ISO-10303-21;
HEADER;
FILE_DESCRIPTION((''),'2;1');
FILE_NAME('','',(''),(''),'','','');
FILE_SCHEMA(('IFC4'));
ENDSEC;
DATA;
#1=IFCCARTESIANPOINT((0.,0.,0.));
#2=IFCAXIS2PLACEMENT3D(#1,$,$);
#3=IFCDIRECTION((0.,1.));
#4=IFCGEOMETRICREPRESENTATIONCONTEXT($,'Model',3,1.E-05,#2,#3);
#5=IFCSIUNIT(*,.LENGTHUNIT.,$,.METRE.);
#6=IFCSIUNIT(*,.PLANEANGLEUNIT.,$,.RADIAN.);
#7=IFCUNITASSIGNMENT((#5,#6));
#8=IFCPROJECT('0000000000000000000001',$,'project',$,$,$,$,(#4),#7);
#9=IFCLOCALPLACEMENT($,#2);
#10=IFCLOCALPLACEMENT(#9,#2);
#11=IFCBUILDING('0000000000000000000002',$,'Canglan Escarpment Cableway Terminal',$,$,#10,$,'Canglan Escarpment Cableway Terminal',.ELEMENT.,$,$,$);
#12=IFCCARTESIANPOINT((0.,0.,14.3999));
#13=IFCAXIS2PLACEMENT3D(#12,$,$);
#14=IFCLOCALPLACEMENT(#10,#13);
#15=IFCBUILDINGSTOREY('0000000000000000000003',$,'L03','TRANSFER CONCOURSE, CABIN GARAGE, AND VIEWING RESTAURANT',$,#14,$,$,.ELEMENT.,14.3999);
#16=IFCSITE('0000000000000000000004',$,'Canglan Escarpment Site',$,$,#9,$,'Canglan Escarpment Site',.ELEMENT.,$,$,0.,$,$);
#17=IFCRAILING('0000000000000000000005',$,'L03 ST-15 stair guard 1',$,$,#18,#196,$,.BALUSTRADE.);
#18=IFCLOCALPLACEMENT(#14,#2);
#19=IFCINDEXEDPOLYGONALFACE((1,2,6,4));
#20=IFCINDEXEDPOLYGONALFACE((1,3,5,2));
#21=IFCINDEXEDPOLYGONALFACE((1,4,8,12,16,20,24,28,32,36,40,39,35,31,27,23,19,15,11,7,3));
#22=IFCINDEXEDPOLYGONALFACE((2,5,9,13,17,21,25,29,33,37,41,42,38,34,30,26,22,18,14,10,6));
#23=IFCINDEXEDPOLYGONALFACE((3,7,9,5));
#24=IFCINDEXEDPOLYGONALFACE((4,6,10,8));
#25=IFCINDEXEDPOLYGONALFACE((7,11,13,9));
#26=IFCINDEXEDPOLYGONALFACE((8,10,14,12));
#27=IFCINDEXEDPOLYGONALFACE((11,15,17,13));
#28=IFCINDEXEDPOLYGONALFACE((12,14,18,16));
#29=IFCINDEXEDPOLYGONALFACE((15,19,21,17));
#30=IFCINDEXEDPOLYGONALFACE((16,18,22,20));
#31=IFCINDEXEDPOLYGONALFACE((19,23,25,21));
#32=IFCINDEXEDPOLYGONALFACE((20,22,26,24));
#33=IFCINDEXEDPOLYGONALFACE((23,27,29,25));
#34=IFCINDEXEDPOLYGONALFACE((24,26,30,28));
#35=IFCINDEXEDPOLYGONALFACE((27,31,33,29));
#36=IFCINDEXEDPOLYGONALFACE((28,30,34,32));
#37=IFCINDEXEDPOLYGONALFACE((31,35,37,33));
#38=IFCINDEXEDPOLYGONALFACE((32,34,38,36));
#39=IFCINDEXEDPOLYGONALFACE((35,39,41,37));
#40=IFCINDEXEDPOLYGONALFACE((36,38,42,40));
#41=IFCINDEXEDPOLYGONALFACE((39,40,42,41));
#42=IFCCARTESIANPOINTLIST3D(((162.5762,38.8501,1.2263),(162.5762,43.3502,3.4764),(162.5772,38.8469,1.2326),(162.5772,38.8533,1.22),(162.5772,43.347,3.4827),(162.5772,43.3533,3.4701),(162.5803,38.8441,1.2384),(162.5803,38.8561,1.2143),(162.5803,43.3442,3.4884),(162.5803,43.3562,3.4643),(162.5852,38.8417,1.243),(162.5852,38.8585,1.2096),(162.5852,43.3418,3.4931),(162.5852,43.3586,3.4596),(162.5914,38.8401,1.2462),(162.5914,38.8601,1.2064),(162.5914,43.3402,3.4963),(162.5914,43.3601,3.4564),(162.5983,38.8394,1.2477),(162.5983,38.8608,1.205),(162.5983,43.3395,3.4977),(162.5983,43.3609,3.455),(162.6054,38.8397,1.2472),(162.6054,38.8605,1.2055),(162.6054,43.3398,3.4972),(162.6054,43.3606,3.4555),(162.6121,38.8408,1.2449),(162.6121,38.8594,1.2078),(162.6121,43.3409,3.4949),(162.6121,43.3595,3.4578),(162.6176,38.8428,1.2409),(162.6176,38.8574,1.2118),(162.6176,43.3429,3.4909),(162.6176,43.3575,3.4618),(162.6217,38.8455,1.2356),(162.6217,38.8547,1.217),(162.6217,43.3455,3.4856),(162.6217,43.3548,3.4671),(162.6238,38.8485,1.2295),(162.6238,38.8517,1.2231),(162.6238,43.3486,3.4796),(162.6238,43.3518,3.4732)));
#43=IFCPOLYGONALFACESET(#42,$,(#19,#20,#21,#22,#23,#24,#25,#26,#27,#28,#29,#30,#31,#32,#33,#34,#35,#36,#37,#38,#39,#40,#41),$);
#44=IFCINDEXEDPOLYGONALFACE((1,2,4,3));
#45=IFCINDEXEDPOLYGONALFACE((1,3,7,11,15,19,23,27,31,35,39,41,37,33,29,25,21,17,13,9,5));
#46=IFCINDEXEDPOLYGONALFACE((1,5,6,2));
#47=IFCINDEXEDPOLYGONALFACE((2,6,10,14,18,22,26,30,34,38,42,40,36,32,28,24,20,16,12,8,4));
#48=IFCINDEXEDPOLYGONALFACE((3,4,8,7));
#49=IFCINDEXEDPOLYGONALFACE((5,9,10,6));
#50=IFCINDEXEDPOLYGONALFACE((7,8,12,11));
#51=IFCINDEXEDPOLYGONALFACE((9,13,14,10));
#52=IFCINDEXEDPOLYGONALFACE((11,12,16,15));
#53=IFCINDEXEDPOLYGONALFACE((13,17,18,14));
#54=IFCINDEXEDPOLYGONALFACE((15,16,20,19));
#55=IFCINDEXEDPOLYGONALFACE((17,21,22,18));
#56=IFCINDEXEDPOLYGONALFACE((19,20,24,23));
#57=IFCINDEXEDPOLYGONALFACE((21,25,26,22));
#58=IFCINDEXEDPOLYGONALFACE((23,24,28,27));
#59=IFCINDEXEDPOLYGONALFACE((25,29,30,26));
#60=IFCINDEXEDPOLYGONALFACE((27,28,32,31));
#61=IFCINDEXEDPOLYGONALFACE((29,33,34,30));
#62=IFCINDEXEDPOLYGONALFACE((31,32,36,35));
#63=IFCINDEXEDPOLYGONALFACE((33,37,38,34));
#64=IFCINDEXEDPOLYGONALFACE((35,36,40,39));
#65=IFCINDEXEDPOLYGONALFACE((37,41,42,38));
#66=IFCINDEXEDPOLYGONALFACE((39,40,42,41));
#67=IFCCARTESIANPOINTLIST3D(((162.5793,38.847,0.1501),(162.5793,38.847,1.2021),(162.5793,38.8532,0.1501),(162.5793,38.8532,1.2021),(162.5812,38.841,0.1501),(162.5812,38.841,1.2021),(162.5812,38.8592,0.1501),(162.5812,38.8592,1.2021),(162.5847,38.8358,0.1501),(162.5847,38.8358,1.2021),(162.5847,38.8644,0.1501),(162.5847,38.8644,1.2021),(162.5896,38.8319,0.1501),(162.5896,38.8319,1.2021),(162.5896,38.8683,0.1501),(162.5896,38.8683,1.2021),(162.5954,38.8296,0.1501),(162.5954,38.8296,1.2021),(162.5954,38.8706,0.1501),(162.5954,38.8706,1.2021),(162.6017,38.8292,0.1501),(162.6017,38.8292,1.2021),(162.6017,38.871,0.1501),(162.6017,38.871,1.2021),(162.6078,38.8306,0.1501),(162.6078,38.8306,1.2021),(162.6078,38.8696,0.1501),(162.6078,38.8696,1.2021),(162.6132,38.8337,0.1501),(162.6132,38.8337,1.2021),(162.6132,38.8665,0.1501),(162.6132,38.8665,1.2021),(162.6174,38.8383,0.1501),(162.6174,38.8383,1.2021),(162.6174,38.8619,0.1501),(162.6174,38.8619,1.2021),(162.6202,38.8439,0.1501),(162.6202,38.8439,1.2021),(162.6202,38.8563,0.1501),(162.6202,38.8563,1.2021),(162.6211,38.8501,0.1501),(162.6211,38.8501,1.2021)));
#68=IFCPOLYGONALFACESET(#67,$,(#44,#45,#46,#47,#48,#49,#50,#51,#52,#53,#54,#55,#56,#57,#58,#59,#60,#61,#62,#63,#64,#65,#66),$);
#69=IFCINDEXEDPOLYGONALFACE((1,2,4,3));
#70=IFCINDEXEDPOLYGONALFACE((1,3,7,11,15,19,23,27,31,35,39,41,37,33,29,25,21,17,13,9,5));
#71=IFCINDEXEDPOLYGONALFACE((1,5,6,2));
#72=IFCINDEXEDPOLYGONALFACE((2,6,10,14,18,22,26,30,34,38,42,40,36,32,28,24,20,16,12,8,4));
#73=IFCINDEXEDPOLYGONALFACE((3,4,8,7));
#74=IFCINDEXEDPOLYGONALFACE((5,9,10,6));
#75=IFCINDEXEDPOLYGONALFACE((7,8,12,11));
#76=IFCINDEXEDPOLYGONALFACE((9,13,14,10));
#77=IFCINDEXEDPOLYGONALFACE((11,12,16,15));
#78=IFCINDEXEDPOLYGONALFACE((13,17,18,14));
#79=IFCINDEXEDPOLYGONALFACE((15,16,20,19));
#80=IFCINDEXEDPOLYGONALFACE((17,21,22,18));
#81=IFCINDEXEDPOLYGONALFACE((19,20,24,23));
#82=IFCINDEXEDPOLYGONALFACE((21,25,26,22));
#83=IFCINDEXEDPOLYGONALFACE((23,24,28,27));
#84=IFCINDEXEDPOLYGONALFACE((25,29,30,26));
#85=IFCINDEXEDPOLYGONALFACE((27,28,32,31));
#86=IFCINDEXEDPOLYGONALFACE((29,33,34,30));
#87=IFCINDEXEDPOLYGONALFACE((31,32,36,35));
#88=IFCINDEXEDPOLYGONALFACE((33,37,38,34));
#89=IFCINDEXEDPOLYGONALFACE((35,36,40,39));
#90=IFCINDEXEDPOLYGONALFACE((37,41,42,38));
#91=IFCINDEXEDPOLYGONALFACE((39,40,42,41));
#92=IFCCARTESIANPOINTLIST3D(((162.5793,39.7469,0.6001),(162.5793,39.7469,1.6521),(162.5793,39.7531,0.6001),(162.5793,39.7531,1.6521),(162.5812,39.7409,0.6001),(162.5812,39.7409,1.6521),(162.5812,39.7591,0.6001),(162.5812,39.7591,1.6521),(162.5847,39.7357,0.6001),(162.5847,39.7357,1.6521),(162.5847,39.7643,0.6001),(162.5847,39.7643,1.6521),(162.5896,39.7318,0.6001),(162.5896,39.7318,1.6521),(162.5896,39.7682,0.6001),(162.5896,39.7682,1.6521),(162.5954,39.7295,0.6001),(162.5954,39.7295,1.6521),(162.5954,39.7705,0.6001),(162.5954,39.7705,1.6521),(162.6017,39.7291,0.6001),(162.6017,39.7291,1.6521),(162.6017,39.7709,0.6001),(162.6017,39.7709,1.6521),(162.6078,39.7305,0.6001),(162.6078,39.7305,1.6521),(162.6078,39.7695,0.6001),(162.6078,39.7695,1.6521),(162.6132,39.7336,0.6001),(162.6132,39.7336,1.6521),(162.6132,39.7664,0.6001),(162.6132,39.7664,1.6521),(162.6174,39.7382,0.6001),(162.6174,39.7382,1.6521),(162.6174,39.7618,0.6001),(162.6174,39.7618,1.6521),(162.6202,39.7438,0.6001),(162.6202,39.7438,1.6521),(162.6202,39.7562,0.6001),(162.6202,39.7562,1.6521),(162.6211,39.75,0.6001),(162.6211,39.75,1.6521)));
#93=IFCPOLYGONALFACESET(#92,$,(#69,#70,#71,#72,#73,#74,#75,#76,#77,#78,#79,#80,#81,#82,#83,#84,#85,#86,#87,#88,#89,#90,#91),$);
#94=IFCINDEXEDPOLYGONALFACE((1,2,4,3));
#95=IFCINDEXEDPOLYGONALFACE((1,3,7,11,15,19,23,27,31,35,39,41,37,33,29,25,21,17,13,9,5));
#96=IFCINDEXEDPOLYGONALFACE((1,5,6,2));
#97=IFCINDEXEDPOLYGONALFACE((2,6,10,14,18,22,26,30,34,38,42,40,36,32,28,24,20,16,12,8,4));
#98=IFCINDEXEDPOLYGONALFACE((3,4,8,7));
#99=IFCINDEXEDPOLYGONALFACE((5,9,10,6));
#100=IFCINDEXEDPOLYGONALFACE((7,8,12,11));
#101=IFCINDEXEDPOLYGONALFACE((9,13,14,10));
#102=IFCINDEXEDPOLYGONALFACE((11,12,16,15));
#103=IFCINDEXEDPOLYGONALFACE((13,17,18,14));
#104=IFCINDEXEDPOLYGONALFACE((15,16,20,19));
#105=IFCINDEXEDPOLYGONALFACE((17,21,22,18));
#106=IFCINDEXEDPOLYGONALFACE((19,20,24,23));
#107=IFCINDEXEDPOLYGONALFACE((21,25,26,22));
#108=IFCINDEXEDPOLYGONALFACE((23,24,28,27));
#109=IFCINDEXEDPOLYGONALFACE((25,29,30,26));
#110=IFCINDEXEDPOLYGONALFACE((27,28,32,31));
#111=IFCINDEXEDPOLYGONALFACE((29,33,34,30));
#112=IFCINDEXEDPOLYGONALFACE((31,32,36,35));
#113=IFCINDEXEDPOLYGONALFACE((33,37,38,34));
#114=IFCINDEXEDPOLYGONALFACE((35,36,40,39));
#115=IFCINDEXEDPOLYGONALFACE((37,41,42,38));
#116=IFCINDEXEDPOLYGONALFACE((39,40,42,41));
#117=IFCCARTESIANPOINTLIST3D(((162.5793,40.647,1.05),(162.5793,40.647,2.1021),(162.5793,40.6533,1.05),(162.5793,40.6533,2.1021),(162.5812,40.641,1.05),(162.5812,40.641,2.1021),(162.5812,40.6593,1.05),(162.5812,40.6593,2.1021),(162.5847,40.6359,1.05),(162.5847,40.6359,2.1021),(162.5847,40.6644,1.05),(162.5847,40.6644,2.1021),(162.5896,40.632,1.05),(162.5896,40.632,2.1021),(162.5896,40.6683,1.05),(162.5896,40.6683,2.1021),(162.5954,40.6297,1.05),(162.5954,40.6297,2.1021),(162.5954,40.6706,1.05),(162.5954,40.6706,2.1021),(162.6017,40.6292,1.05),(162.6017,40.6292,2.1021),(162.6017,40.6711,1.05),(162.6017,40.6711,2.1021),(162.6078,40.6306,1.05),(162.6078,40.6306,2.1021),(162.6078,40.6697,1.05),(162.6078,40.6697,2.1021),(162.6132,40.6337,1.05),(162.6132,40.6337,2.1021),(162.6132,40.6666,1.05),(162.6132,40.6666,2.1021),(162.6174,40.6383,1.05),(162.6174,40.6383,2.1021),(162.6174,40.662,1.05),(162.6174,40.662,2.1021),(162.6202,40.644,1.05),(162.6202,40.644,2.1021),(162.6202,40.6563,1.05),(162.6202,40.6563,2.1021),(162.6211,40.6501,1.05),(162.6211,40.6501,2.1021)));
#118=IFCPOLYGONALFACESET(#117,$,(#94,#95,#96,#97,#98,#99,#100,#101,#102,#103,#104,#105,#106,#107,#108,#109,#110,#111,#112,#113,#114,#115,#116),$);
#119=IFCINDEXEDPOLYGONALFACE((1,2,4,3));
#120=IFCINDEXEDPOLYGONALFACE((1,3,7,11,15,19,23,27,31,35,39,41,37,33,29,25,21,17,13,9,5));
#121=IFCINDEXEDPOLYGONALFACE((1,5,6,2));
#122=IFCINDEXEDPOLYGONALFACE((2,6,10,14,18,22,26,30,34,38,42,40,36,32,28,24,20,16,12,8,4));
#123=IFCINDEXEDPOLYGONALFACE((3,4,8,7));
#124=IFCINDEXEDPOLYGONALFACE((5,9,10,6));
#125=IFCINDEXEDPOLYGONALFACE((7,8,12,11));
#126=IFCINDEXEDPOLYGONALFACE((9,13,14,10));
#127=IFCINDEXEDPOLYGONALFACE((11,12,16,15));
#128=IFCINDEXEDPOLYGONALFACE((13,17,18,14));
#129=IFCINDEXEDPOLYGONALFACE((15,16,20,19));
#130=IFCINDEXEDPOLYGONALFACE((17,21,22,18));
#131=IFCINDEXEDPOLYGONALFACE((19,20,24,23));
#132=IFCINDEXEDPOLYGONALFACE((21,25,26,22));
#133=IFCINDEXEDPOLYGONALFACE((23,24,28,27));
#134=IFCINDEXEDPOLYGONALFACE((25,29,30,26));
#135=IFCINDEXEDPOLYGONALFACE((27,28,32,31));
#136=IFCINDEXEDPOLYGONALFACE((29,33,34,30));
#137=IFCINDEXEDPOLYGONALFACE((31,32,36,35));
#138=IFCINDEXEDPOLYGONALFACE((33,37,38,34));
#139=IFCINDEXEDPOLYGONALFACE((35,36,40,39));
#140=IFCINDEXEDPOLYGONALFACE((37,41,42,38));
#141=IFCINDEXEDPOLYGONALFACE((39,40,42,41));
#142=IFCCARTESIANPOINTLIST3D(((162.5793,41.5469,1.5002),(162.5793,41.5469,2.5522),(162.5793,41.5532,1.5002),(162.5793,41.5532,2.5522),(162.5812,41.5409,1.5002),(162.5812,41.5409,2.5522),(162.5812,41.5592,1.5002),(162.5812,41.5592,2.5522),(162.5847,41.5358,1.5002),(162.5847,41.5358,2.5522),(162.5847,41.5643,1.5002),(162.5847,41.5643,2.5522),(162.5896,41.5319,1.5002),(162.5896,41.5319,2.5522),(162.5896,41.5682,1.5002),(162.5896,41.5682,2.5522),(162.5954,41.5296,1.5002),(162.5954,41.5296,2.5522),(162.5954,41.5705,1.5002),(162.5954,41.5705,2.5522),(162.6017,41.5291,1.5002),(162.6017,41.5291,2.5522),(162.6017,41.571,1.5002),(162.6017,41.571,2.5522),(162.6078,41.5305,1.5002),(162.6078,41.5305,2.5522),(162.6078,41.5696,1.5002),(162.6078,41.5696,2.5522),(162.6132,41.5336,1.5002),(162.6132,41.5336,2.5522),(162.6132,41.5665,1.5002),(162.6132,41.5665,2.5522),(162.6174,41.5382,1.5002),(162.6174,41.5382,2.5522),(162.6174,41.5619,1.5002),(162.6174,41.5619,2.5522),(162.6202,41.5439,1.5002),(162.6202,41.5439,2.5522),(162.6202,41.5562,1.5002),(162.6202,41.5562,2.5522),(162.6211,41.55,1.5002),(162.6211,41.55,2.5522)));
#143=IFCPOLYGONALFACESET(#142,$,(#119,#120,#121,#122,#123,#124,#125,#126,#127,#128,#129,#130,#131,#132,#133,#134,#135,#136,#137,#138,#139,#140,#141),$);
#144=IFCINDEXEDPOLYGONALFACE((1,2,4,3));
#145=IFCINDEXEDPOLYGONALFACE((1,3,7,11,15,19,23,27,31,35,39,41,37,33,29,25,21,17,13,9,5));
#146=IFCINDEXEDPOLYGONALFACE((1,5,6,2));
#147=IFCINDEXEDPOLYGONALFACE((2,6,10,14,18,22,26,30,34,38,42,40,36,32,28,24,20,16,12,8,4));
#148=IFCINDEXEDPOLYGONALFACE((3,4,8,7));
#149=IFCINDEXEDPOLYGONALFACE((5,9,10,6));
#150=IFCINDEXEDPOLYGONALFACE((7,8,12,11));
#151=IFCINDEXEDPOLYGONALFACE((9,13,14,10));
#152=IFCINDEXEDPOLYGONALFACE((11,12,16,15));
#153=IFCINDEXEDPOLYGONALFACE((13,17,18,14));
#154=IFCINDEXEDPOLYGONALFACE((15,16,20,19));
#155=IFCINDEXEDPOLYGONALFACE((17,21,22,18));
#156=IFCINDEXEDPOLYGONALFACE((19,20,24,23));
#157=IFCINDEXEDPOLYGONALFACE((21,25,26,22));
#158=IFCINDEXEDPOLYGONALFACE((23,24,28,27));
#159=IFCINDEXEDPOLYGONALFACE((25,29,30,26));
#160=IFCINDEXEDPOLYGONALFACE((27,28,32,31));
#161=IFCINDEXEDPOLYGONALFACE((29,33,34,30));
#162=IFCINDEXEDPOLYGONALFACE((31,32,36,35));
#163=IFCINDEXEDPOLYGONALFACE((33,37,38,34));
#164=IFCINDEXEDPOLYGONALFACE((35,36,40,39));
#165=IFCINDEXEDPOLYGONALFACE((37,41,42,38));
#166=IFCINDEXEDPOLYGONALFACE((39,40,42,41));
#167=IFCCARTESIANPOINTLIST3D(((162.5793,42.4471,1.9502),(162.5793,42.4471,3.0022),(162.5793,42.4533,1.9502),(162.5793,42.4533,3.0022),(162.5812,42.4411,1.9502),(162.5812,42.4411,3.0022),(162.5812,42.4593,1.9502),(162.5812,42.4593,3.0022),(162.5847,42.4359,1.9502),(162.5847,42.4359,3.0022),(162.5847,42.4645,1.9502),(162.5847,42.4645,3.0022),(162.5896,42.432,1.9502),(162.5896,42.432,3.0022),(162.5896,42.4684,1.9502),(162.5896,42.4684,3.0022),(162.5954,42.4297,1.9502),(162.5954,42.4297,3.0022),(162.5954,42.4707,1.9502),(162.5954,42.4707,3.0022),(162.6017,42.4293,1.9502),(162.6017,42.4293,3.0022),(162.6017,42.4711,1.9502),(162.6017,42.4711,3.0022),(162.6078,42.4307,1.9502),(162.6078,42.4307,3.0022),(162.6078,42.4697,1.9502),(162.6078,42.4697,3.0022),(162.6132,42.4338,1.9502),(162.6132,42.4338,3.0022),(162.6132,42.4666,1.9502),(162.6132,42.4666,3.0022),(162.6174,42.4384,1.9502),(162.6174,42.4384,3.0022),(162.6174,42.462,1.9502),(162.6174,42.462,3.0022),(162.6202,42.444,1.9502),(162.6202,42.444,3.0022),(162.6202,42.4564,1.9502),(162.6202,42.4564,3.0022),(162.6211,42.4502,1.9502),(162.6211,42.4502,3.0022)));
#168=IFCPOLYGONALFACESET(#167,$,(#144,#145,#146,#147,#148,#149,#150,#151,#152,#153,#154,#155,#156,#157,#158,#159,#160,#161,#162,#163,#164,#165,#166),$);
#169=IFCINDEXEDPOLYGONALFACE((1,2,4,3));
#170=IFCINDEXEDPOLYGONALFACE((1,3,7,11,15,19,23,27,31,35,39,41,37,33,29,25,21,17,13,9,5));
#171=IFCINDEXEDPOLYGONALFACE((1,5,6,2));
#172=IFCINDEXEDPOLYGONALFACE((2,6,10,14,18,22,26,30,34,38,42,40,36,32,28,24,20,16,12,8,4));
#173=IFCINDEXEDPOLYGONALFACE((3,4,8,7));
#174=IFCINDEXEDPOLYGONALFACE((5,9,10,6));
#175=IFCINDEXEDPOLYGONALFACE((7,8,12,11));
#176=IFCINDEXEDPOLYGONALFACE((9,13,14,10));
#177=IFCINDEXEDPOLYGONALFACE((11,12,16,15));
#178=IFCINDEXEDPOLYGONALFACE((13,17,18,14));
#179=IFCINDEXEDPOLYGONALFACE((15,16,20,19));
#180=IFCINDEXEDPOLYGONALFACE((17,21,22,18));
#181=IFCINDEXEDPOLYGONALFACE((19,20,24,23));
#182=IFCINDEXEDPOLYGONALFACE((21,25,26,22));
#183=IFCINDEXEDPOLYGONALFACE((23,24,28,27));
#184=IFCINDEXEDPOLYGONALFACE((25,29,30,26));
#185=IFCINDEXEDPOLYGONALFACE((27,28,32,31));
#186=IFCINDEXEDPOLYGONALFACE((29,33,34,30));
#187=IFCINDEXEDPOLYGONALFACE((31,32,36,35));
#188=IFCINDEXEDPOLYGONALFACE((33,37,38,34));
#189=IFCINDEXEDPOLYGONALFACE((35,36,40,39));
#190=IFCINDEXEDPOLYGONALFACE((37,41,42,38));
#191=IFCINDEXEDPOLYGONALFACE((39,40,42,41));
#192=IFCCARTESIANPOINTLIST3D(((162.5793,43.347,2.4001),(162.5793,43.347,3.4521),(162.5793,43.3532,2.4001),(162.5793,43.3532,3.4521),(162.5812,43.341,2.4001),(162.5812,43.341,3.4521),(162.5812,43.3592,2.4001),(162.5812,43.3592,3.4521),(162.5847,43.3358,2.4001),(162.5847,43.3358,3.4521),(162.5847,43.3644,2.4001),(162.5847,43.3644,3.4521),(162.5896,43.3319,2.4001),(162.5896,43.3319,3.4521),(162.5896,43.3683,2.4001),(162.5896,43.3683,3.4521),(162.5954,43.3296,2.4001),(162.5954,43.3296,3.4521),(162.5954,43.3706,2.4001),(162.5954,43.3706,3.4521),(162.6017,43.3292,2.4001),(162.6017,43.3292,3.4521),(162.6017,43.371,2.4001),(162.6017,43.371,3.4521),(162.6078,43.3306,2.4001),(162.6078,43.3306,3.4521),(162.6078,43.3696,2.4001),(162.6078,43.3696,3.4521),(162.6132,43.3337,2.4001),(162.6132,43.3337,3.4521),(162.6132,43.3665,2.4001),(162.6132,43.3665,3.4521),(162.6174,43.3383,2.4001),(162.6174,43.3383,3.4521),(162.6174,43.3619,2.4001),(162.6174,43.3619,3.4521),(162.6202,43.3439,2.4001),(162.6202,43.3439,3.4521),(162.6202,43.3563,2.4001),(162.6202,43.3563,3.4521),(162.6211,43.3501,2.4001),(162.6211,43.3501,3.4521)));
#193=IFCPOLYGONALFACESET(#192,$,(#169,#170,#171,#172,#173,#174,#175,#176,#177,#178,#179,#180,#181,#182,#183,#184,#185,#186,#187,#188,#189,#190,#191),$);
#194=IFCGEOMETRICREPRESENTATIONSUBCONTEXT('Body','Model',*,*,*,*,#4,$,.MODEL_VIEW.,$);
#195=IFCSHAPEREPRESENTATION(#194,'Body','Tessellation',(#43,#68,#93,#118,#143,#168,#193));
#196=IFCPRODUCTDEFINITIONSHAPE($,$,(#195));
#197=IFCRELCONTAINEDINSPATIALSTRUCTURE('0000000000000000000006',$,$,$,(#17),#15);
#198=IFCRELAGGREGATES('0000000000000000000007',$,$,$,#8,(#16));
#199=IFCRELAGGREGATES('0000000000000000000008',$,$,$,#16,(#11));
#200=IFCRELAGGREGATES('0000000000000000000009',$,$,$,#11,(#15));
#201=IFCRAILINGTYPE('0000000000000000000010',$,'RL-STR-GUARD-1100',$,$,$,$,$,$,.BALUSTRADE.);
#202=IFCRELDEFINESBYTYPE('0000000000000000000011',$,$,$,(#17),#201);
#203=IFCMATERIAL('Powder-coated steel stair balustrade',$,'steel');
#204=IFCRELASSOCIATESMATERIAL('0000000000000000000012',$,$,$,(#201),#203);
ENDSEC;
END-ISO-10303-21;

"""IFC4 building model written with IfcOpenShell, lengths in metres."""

from ifc_helpers import new_model, si_unit, direction, frame, origin, origin_2d, place, context, subcontext, project, spatial, circle, extrude, material, type_object, element, save


model = new_model("IFC4")

# Units and contexts
model_context = context("Model", 3, precision=1e-05, world=origin(), true_north=direction((0.0, 1.0)))
body_context = subcontext(model_context, "Body", "Model", "MODEL_VIEW")
ifc_project = project(units=[si_unit("LENGTHUNIT", "METRE"), si_unit("PLANEANGLEUNIT", "RADIAN")], contexts=[model_context])

# Site, building, storey
site_placement = place(None, origin())
site = spatial("IfcSite", under=ifc_project, at=site_placement, Name="Canglan Escarpment Site", LongName="Canglan Escarpment Site", CompositionType="ELEMENT", RefElevation=0.0)
building_placement = place(site_placement, origin())
building = spatial("IfcBuilding", under=site, at=building_placement, Name="Canglan Escarpment Cableway Terminal", LongName="Canglan Escarpment Cableway Terminal", CompositionType="ELEMENT")
storey_placement = place(building_placement, frame((0.0, 0.0, 14.3999)))
storey = spatial("IfcBuildingStorey", under=building, at=storey_placement, Name="L03", Description="TRANSFER CONCOURSE, CABIN GARAGE, AND VIEWING RESTAURANT", CompositionType="ELEMENT", Elevation=14.3999)

# Railing
ifc_material_1 = material(Name="Powder-coated steel stair balustrade", Category="steel")
railing_type_1 = type_object("IfcRailingType", Name="RL-STR-GUARD-1100", PredefinedType="BALUSTRADE", material=ifc_material_1)
railing_1_placement = place(storey_placement, frame((162.6001, 38.8501, 0.1501)))
element("IfcRailing", 1, at=railing_1_placement, inside=storey, type_object=railing_type_1, Name="L03 ST-15 stair guard 1", PredefinedType="BALUSTRADE", context=body_context, shape_type="SweptSolid", body=[
    extrude(circle(Radius=0.0239, at=origin_2d()), frame((0.0, 0.0, 1.0762), z_axis=(0.0, 0.894427, 0.447214), x_axis=(-1.0, 0.0, 0.0)), (0.0, 0.0, 1.0), 5.0312),
    extrude(circle(Radius=0.021, at=origin_2d()), origin(), (0.0, 0.0, 1.0), 1.052),
    extrude(circle(Radius=0.021, at=origin_2d()), frame((0.0, 0.8999, 0.45)), (0.0, 0.0, 1.0), 1.052),
    extrude(circle(Radius=0.021, at=origin_2d()), frame((0.0, 1.8, 0.8999)), (0.0, 0.0, 1.0), 1.052),
    extrude(circle(Radius=0.021, at=origin_2d()), frame((0.0, 2.7, 1.3501)), (0.0, 0.0, 1.0), 1.052),
    extrude(circle(Radius=0.021, at=origin_2d()), frame((0.0, 3.6001, 1.8)), (0.0, 0.0, 1.0), 1.052),
    extrude(circle(Radius=0.021, at=origin_2d()), frame((0.0, 4.5, 2.25)), (0.0, 0.0, 1.0), 1.052),
])

save(model, "model.ifc")
